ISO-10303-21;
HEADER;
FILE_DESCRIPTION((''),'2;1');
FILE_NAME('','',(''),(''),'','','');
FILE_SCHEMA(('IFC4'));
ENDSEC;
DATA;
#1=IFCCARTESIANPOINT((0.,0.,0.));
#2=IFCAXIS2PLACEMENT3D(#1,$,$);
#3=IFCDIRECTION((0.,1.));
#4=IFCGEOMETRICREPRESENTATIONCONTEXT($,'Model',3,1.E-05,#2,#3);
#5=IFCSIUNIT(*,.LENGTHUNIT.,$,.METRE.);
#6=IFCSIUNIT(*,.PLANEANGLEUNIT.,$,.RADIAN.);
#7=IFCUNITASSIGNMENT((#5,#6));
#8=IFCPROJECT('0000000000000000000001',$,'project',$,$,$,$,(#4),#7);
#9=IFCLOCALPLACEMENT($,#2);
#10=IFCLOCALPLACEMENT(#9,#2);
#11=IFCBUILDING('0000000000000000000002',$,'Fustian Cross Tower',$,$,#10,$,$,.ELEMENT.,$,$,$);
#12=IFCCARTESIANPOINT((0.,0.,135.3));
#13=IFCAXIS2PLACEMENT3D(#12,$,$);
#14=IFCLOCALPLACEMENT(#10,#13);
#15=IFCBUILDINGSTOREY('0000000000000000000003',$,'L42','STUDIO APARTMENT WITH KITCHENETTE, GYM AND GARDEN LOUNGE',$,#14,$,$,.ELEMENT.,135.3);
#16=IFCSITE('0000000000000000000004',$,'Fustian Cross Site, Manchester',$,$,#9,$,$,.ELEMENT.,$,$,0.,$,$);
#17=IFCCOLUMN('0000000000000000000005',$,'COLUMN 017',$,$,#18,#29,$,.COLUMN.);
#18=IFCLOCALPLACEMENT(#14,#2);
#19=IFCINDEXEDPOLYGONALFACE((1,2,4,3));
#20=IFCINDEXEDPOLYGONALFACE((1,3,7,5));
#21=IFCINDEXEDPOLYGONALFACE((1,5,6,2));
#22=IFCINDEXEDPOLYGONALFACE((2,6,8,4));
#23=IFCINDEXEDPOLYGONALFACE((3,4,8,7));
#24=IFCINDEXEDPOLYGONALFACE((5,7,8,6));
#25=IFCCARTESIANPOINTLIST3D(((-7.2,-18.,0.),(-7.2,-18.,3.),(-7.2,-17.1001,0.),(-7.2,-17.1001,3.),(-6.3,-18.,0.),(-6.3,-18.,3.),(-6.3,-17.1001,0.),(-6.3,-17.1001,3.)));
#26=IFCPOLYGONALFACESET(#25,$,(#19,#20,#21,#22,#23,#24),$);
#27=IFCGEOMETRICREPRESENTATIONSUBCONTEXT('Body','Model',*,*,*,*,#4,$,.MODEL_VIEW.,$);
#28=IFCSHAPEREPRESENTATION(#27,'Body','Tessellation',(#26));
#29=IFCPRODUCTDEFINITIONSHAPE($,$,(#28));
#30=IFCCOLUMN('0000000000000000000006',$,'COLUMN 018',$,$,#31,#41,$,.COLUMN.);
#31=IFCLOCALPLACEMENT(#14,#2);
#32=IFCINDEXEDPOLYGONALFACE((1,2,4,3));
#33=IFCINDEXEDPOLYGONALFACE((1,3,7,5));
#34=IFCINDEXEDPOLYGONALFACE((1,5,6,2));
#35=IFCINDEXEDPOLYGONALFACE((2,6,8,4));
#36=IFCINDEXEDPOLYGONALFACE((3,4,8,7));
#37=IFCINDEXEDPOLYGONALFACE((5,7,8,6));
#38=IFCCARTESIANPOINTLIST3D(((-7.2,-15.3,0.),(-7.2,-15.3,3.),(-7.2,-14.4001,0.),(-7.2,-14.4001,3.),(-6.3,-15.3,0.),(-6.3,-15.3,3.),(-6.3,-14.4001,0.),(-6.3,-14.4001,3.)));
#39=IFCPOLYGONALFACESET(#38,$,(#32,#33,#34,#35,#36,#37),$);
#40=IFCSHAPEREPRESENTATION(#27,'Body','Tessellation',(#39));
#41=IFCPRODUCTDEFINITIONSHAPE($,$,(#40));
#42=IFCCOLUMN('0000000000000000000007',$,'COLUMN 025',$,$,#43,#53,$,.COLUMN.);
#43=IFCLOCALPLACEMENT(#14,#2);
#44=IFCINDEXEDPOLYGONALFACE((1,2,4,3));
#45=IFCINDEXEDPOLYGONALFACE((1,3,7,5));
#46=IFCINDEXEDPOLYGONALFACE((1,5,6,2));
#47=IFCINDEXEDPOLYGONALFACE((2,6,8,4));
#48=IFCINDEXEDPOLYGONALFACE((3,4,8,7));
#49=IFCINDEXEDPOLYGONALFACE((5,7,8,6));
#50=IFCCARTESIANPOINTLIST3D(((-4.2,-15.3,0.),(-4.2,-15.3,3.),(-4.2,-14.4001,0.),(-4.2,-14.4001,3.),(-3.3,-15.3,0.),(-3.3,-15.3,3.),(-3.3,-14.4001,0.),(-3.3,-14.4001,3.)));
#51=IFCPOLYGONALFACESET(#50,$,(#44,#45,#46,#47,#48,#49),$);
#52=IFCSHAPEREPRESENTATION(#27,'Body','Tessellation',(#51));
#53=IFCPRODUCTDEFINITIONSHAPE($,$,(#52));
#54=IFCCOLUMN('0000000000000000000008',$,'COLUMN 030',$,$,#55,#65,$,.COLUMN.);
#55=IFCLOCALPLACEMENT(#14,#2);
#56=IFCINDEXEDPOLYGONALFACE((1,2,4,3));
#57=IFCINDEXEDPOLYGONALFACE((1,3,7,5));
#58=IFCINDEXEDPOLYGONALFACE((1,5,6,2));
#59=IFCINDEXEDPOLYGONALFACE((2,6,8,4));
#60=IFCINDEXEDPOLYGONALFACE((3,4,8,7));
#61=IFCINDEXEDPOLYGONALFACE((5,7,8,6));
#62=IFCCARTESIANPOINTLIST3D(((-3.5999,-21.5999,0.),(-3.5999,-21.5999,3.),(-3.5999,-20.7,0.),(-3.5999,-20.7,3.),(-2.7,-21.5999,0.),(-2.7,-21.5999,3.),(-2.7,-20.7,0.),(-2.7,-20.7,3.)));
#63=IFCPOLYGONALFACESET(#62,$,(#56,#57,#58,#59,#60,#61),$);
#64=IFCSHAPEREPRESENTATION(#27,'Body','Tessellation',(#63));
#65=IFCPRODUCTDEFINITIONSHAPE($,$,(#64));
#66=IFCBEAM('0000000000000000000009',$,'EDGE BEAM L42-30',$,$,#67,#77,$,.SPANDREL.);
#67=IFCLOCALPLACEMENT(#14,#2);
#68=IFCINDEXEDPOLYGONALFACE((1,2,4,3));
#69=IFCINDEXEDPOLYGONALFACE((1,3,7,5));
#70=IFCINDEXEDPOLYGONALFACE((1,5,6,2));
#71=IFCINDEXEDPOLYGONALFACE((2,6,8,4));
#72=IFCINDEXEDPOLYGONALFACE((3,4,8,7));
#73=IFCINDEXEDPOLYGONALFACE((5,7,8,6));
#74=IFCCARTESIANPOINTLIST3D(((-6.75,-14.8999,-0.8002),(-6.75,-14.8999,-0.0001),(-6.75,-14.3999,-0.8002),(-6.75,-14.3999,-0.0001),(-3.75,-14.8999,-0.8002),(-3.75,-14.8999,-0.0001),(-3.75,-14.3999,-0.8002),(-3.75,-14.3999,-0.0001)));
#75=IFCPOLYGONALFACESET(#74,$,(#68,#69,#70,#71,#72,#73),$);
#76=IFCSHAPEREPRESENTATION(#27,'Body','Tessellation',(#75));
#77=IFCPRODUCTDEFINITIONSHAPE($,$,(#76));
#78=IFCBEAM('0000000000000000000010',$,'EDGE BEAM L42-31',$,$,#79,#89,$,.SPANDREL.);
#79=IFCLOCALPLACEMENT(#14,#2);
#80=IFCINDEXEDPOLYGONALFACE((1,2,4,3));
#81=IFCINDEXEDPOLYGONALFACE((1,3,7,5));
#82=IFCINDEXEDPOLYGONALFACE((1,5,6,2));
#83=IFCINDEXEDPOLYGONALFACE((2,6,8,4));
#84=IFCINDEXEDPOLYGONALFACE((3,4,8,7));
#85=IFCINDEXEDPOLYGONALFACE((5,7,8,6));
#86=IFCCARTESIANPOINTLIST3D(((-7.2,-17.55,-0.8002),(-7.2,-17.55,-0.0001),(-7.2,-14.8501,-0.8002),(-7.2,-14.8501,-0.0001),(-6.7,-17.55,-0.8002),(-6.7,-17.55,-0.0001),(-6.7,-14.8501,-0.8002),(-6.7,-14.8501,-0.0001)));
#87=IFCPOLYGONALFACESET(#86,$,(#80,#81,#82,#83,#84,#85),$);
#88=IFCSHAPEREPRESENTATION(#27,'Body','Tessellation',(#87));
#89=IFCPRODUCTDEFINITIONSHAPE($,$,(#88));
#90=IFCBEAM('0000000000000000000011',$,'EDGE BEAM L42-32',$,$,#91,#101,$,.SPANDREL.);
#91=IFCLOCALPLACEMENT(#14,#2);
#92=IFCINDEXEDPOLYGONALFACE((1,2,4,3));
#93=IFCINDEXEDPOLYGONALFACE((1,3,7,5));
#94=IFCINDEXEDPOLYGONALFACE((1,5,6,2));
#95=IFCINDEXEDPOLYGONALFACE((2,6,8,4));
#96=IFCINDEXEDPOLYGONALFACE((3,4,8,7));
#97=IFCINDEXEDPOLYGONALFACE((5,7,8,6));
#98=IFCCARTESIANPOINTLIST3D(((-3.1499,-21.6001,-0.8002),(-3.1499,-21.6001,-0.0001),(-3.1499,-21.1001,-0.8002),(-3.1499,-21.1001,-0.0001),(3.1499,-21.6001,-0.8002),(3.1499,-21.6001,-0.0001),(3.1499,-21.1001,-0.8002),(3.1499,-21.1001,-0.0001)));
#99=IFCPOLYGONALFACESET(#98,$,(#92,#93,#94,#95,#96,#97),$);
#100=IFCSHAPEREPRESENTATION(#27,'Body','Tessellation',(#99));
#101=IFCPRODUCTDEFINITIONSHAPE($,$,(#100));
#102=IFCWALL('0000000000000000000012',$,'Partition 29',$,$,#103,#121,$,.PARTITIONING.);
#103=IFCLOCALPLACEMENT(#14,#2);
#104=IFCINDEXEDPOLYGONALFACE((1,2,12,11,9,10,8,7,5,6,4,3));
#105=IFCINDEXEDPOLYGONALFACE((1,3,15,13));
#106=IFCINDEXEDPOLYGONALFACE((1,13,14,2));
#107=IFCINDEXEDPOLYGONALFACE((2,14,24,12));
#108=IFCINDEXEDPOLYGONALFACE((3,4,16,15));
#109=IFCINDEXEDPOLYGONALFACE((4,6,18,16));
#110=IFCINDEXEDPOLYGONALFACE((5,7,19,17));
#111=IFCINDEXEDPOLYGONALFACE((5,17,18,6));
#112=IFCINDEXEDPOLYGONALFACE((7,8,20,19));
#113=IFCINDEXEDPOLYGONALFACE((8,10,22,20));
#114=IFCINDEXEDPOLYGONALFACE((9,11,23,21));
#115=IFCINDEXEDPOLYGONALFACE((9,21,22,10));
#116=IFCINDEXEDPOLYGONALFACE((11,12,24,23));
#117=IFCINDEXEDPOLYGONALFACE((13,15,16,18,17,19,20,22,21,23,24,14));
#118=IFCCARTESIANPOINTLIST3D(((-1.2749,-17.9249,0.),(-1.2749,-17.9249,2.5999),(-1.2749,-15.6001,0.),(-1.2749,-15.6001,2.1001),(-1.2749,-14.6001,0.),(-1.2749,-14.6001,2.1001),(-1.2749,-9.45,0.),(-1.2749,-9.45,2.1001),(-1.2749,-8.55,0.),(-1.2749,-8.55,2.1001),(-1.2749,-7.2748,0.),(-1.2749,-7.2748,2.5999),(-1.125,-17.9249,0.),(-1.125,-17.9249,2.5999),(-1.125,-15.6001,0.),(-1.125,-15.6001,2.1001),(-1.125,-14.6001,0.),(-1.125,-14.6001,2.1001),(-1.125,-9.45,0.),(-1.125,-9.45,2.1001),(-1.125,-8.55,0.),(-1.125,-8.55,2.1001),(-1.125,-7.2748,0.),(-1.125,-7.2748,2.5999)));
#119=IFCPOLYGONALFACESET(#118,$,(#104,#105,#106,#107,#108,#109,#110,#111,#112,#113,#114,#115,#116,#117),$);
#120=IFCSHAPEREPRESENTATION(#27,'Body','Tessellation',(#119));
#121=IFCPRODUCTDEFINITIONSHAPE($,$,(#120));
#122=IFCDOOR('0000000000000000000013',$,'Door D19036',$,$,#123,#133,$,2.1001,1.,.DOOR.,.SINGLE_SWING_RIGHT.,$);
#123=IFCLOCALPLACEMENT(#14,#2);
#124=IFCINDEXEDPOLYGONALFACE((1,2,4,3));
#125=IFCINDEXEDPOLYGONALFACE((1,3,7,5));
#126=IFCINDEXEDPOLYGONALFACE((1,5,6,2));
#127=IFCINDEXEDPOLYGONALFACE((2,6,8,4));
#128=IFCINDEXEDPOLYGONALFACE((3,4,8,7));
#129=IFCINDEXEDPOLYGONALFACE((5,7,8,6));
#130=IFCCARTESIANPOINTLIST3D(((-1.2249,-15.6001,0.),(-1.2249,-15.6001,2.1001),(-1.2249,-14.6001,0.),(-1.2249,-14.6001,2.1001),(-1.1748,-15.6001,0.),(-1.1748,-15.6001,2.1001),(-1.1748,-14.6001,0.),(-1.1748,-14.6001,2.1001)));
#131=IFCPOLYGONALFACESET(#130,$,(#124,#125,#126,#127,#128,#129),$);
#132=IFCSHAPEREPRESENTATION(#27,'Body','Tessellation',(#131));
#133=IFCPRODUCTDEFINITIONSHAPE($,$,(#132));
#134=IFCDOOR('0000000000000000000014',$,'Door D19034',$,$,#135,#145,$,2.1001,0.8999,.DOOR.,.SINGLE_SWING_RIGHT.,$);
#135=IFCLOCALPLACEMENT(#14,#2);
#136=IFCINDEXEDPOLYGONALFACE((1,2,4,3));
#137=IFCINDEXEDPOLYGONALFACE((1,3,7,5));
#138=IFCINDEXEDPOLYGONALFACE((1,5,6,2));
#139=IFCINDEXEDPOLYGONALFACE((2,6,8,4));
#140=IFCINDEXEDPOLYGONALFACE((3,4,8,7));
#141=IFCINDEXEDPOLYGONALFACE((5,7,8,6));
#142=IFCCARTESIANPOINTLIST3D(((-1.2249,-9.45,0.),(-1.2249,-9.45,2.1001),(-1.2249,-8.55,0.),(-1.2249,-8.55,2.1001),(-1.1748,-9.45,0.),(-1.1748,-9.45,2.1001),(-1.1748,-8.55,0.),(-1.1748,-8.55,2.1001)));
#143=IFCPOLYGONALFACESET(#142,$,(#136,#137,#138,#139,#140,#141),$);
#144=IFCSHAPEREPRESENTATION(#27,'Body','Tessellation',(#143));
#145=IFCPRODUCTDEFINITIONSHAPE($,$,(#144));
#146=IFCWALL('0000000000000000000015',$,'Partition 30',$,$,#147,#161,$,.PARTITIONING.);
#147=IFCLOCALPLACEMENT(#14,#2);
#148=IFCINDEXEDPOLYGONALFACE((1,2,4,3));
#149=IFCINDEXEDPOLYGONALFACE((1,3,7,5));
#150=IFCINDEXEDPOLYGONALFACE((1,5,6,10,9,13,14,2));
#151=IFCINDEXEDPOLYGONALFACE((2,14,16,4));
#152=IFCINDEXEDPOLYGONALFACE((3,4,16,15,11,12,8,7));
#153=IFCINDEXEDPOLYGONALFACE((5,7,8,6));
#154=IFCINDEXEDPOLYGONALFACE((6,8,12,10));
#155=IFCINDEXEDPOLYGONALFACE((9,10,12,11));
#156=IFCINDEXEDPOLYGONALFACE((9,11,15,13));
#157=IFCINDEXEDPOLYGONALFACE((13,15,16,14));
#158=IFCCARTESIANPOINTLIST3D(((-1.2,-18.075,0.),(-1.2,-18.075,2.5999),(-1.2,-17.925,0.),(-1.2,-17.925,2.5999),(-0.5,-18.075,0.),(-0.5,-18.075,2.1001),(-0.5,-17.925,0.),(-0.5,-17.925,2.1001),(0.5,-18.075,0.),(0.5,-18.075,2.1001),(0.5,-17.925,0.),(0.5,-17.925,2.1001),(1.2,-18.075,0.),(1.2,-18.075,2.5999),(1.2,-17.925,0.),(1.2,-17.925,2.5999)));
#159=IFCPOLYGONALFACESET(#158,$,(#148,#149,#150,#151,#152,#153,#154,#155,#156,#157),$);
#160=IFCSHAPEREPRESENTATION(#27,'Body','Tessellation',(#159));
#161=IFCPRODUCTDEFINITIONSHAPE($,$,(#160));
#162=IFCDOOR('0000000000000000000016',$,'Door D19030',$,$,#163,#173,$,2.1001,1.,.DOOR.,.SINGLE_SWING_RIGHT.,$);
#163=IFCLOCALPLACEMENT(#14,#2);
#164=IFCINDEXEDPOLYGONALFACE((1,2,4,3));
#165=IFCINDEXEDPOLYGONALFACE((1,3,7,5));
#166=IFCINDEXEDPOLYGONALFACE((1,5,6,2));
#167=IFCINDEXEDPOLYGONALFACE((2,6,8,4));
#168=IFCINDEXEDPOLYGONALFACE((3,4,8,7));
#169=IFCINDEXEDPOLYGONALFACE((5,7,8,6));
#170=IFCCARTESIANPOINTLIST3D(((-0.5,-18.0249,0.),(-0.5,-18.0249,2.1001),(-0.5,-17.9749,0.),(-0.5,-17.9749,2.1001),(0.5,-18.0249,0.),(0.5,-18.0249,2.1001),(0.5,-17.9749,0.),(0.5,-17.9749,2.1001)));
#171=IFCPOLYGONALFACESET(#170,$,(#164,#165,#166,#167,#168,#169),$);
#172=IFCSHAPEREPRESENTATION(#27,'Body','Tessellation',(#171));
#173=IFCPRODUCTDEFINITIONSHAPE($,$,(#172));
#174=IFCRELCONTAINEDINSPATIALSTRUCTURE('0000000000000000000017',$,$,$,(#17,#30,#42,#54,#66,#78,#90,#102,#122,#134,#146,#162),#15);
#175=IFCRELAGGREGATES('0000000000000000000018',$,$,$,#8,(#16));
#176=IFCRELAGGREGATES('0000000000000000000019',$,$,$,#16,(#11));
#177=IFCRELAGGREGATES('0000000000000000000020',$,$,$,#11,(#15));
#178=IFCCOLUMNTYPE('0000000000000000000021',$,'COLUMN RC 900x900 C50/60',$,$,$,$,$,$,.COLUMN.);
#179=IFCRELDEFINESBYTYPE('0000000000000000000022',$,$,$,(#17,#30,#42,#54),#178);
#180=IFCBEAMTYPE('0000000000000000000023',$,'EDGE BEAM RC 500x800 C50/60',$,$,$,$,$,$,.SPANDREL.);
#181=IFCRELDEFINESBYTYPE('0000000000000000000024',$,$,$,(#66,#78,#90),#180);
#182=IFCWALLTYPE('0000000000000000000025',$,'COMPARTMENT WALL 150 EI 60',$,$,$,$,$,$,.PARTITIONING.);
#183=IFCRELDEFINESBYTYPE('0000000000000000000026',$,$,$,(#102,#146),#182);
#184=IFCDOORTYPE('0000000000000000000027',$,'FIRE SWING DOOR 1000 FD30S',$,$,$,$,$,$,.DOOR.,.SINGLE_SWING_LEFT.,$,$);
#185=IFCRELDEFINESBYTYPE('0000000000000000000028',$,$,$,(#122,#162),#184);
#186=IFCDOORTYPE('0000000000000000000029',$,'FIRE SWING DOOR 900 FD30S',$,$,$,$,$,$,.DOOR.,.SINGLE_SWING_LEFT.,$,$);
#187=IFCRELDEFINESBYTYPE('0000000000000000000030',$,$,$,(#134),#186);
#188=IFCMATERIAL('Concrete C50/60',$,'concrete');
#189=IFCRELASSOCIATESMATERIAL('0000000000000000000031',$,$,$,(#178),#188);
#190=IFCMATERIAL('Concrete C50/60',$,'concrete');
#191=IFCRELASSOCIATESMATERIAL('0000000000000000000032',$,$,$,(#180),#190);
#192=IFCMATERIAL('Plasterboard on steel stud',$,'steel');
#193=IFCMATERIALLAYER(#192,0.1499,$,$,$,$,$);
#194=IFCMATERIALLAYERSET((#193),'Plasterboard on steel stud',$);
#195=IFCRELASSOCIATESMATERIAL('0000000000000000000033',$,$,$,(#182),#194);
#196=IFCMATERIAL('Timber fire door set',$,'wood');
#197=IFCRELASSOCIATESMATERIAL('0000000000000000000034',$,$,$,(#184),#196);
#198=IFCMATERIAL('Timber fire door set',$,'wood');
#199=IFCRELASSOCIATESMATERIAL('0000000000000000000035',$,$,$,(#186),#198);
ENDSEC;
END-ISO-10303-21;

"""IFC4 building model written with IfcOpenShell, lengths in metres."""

from ifc_helpers import new_model, si_unit, direction, frame, frame_2d, origin, origin_2d, place, context, subcontext, project, spatial, rectangle, extrude, material, layer, layer_set, material_profile, profile_set, type_object, element, fill, save


model = new_model("IFC4")

# Units and contexts
model_context = context("Model", 3, precision=1e-05, world=origin(), true_north=direction((0.0, 1.0)))
body_context = subcontext(model_context, "Body", "Model", "MODEL_VIEW")
ifc_project = project(units=[si_unit("LENGTHUNIT", "METRE"), si_unit("PLANEANGLEUNIT", "RADIAN")], contexts=[model_context])

# Site, building, storey
site_placement = place(None, origin())
site = spatial("IfcSite", under=ifc_project, at=site_placement, Name="Fustian Cross Site, Manchester", CompositionType="ELEMENT", RefElevation=0.0)
building_placement = place(site_placement, origin())
building = spatial("IfcBuilding", under=site, at=building_placement, Name="Fustian Cross Tower", CompositionType="ELEMENT")
storey_placement = place(building_placement, frame((0.0, 0.0, 135.3)))
storey = spatial("IfcBuildingStorey", under=building, at=storey_placement, Name="L42", Description="STUDIO APARTMENT WITH KITCHENETTE, GYM AND GARDEN LOUNGE", CompositionType="ELEMENT", Elevation=135.3)

# Columns
ifc_material_1 = material(Name="Concrete C50/60", Category="concrete")
ifc_material_profile_1 = material_profile(ifc_material_1, rectangle(XDim=0.8999, YDim=0.8999, at=origin_2d()), Name="RC 900x900")
ifc_profile_set_1 = profile_set([ifc_material_profile_1], Name="Concrete C50/60")
column_type = type_object("IfcColumnType", Name="COLUMN RC 900x900 C50/60", PredefinedType="COLUMN", material=ifc_profile_set_1)
for number, where, z_axis, x_axis, name in (
    (1, (-6.75, -17.55, 0.0), (0.0, 0.0, 1.0), (1.0, 0.0, 0.0), "COLUMN 017"),
    (2, (-6.75, -14.8501, 0.0), (0.0, 0.0, 1.0), (1.0, 0.0, 0.0), "COLUMN 018"),
    (3, (-3.75, -14.8501, 0.0), (0.0, 0.0, 1.0), (1.0, 0.0, 0.0), "COLUMN 025"),
    (4, (-3.1499, -21.1499, 0.0), (0.0, 0.0, 1.0), (1.0, 0.0, 0.0), "COLUMN 030"),
):
    element("IfcColumn", number, at=place(storey_placement, frame(where, z_axis=z_axis, x_axis=x_axis)), inside=storey, type_object=column_type, Name=name, PredefinedType="COLUMN", context=body_context, shape_type="SweptSolid", body=[
        extrude(rectangle(XDim=0.8999, YDim=0.8999, at=origin_2d()), origin(), (0.0, 0.0, 1.0), 3.0),
    ])

# Beams
ifc_material_2 = material(Name="Concrete C50/60", Category="concrete")
ifc_material_profile_2 = material_profile(ifc_material_2, rectangle(XDim=0.5, YDim=0.8, at=origin_2d()), Name="RC 500x800")
ifc_profile_set_2 = profile_set([ifc_material_profile_2], Name="Concrete C50/60")
beam_type = type_object("IfcBeamType", Name="EDGE BEAM RC 500x800 C50/60", PredefinedType="SPANDREL", material=ifc_profile_set_2)
beam_1_placement = place(storey_placement, frame((-3.75, -14.6499, -0.4001), z_axis=(-1.0, 0.0, 0.0), x_axis=(0.0, -1.0, 0.0)))
element("IfcBeam", 5, at=beam_1_placement, inside=storey, type_object=beam_type, Name="EDGE BEAM L42-30", PredefinedType="SPANDREL", context=body_context, shape_type="SweptSolid", body=[
    extrude(rectangle(XDim=0.5, YDim=0.8, at=origin_2d()), origin(), (0.0, 0.0, 1.0), 3.0),
])
beam_2_placement = place(storey_placement, frame((-6.95, -14.8501, -0.4001), z_axis=(0.0, -1.0, 0.0), x_axis=(1.0, 0.0, 0.0)))
element("IfcBeam", 6, at=beam_2_placement, inside=storey, type_object=beam_type, Name="EDGE BEAM L42-31", PredefinedType="SPANDREL", context=body_context, shape_type="SweptSolid", body=[
    extrude(rectangle(XDim=0.5, YDim=0.8, at=origin_2d()), origin(), (0.0, 0.0, 1.0), 2.7),
])
beam_3_placement = place(storey_placement, frame((-3.1499, -21.3501, -0.4001), z_axis=(1.0, 0.0, 0.0), x_axis=(0.0, 1.0, 0.0)))
element("IfcBeam", 7, at=beam_3_placement, inside=storey, type_object=beam_type, Name="EDGE BEAM L42-32", PredefinedType="SPANDREL", context=body_context, shape_type="SweptSolid", body=[
    extrude(rectangle(XDim=0.5, YDim=0.8, at=origin_2d()), origin(), (0.0, 0.0, 1.0), 6.2998),
])

# Wall, openings, doors
ifc_material_3 = material(Name="Plasterboard on steel stud", Category="steel")
ifc_layer_1 = layer(ifc_material_3, 0.1499)
ifc_layer_set_1 = layer_set([ifc_layer_1], Name="Plasterboard on steel stud")
wall_type_1 = type_object("IfcWallType", Name="COMPARTMENT WALL 150 EI 60", PredefinedType="PARTITIONING", material=ifc_layer_set_1)
wall_1_placement = place(storey_placement, frame((-1.2, -17.925, 0.0), z_axis=(0.0, 0.0, 1.0), x_axis=(0.0, 1.0, 0.0)))
wall_1 = element("IfcWall", 8, at=wall_1_placement, inside=storey, type_object=wall_type_1, Name="Partition 29", PredefinedType="PARTITIONING", context=body_context, shape_type="SweptSolid", body=[
    extrude(rectangle(XDim=10.6501, YDim=0.1499, at=frame_2d((5.3252, 0.0))), origin(), (0.0, 0.0, 1.0), 2.5999),
])
opening_1_placement = place(wall_1_placement, frame((8.4751, 0.0, 0.0)))
opening_1 = element("IfcOpeningElement", 9, at=opening_1_placement, cuts=wall_1, PredefinedType="OPENING", context=body_context, shape_type="SweptSolid", body=[
    extrude(rectangle(XDim=0.8999, YDim=2.1001, at=frame_2d((0.45, 1.05))), frame((0.0, 0.085, 0.0), z_axis=(0.0, -1.0, 0.0), x_axis=(1.0, 0.0, 0.0)), (0.0, 0.0, 1.0), 0.1699),
])
opening_2_placement = place(wall_1_placement, frame((2.325, 0.0, 0.0)))
opening_2 = element("IfcOpeningElement", 10, at=opening_2_placement, cuts=wall_1, PredefinedType="OPENING", context=body_context, shape_type="SweptSolid", body=[
    extrude(rectangle(XDim=1.0, YDim=2.1001, at=frame_2d((0.5, 1.05))), frame((0.0, 0.085, 0.0), z_axis=(0.0, -1.0, 0.0), x_axis=(1.0, 0.0, 0.0)), (0.0, 0.0, 1.0), 0.1699),
])
ifc_material_4 = material(Name="Timber fire door set", Category="wood")
door_type_1 = type_object("IfcDoorType", Name="FIRE SWING DOOR 1000 FD30S", OperationType="SINGLE_SWING_LEFT", PredefinedType="DOOR", material=ifc_material_4)
door_1_placement = place(opening_2_placement, origin())
door_1 = element("IfcDoor", 11, at=door_1_placement, inside=storey, type_object=door_type_1, Name="Door D19036", OperationType="SINGLE_SWING_RIGHT", OverallHeight=2.1001, OverallWidth=1.0, PredefinedType="DOOR", context=body_context, shape_type="SweptSolid", body=[
    extrude(rectangle(XDim=1.0, YDim=2.1001, at=frame_2d((0.5, 1.05))), frame((0.0, 0.0249, 0.0), z_axis=(0.0, -1.0, 0.0), x_axis=(1.0, 0.0, 0.0)), (0.0, 0.0, 1.0), 0.05),
])
fill(opening_2, door_1)
ifc_material_5 = material(Name="Timber fire door set", Category="wood")
door_type_2 = type_object("IfcDoorType", Name="FIRE SWING DOOR 900 FD30S", OperationType="SINGLE_SWING_LEFT", PredefinedType="DOOR", material=ifc_material_5)
door_2_placement = place(opening_1_placement, origin())
door_2 = element("IfcDoor", 12, at=door_2_placement, inside=storey, type_object=door_type_2, Name="Door D19034", OperationType="SINGLE_SWING_RIGHT", OverallHeight=2.1001, OverallWidth=0.8999, PredefinedType="DOOR", context=body_context, shape_type="SweptSolid", body=[
    extrude(rectangle(XDim=0.8999, YDim=2.1001, at=frame_2d((0.45, 1.05))), frame((0.0, 0.0249, 0.0), z_axis=(0.0, -1.0, 0.0), x_axis=(1.0, 0.0, 0.0)), (0.0, 0.0, 1.0), 0.05),
])
fill(opening_1, door_2)

# Wall, opening, door
wall_2_placement = place(storey_placement, frame((-1.2, -18.0, 0.0), z_axis=(0.0, 0.0, 1.0), x_axis=(1.0, 0.0, 0.0)))
wall_2 = element("IfcWall", 13, at=wall_2_placement, inside=storey, type_object=wall_type_1, Name="Partition 30", PredefinedType="PARTITIONING", context=body_context, shape_type="SweptSolid", body=[
    extrude(rectangle(XDim=2.3999, YDim=0.1499, at=frame_2d((1.2, 0.0))), origin(), (0.0, 0.0, 1.0), 2.5999),
])
opening_3_placement = place(wall_2_placement, frame((0.7, 0.0, 0.0)))
opening_3 = element("IfcOpeningElement", 14, at=opening_3_placement, cuts=wall_2, PredefinedType="OPENING", context=body_context, shape_type="SweptSolid", body=[
    extrude(rectangle(XDim=1.0, YDim=2.1001, at=frame_2d((0.5, 1.05))), frame((0.0, 0.085, 0.0), z_axis=(0.0, -1.0, 0.0), x_axis=(1.0, 0.0, 0.0)), (0.0, 0.0, 1.0), 0.1699),
])
door_3_placement = place(opening_3_placement, frame((1.0, 0.0, 0.0), z_axis=(0.0, 0.0, 1.0), x_axis=(-1.0, 0.0, 0.0)))
door_3 = element("IfcDoor", 15, at=door_3_placement, inside=storey, type_object=door_type_1, Name="Door D19030", OperationType="SINGLE_SWING_RIGHT", OverallHeight=2.1001, OverallWidth=1.0, PredefinedType="DOOR", context=body_context, shape_type="SweptSolid", body=[
    extrude(rectangle(XDim=1.0, YDim=2.1001, at=frame_2d((0.5, 1.05))), frame((0.0, 0.0249, 0.0), z_axis=(0.0, -1.0, 0.0), x_axis=(1.0, 0.0, 0.0)), (0.0, 0.0, 1.0), 0.05),
])
fill(opening_3, door_3)

save(model, "model.ifc")
